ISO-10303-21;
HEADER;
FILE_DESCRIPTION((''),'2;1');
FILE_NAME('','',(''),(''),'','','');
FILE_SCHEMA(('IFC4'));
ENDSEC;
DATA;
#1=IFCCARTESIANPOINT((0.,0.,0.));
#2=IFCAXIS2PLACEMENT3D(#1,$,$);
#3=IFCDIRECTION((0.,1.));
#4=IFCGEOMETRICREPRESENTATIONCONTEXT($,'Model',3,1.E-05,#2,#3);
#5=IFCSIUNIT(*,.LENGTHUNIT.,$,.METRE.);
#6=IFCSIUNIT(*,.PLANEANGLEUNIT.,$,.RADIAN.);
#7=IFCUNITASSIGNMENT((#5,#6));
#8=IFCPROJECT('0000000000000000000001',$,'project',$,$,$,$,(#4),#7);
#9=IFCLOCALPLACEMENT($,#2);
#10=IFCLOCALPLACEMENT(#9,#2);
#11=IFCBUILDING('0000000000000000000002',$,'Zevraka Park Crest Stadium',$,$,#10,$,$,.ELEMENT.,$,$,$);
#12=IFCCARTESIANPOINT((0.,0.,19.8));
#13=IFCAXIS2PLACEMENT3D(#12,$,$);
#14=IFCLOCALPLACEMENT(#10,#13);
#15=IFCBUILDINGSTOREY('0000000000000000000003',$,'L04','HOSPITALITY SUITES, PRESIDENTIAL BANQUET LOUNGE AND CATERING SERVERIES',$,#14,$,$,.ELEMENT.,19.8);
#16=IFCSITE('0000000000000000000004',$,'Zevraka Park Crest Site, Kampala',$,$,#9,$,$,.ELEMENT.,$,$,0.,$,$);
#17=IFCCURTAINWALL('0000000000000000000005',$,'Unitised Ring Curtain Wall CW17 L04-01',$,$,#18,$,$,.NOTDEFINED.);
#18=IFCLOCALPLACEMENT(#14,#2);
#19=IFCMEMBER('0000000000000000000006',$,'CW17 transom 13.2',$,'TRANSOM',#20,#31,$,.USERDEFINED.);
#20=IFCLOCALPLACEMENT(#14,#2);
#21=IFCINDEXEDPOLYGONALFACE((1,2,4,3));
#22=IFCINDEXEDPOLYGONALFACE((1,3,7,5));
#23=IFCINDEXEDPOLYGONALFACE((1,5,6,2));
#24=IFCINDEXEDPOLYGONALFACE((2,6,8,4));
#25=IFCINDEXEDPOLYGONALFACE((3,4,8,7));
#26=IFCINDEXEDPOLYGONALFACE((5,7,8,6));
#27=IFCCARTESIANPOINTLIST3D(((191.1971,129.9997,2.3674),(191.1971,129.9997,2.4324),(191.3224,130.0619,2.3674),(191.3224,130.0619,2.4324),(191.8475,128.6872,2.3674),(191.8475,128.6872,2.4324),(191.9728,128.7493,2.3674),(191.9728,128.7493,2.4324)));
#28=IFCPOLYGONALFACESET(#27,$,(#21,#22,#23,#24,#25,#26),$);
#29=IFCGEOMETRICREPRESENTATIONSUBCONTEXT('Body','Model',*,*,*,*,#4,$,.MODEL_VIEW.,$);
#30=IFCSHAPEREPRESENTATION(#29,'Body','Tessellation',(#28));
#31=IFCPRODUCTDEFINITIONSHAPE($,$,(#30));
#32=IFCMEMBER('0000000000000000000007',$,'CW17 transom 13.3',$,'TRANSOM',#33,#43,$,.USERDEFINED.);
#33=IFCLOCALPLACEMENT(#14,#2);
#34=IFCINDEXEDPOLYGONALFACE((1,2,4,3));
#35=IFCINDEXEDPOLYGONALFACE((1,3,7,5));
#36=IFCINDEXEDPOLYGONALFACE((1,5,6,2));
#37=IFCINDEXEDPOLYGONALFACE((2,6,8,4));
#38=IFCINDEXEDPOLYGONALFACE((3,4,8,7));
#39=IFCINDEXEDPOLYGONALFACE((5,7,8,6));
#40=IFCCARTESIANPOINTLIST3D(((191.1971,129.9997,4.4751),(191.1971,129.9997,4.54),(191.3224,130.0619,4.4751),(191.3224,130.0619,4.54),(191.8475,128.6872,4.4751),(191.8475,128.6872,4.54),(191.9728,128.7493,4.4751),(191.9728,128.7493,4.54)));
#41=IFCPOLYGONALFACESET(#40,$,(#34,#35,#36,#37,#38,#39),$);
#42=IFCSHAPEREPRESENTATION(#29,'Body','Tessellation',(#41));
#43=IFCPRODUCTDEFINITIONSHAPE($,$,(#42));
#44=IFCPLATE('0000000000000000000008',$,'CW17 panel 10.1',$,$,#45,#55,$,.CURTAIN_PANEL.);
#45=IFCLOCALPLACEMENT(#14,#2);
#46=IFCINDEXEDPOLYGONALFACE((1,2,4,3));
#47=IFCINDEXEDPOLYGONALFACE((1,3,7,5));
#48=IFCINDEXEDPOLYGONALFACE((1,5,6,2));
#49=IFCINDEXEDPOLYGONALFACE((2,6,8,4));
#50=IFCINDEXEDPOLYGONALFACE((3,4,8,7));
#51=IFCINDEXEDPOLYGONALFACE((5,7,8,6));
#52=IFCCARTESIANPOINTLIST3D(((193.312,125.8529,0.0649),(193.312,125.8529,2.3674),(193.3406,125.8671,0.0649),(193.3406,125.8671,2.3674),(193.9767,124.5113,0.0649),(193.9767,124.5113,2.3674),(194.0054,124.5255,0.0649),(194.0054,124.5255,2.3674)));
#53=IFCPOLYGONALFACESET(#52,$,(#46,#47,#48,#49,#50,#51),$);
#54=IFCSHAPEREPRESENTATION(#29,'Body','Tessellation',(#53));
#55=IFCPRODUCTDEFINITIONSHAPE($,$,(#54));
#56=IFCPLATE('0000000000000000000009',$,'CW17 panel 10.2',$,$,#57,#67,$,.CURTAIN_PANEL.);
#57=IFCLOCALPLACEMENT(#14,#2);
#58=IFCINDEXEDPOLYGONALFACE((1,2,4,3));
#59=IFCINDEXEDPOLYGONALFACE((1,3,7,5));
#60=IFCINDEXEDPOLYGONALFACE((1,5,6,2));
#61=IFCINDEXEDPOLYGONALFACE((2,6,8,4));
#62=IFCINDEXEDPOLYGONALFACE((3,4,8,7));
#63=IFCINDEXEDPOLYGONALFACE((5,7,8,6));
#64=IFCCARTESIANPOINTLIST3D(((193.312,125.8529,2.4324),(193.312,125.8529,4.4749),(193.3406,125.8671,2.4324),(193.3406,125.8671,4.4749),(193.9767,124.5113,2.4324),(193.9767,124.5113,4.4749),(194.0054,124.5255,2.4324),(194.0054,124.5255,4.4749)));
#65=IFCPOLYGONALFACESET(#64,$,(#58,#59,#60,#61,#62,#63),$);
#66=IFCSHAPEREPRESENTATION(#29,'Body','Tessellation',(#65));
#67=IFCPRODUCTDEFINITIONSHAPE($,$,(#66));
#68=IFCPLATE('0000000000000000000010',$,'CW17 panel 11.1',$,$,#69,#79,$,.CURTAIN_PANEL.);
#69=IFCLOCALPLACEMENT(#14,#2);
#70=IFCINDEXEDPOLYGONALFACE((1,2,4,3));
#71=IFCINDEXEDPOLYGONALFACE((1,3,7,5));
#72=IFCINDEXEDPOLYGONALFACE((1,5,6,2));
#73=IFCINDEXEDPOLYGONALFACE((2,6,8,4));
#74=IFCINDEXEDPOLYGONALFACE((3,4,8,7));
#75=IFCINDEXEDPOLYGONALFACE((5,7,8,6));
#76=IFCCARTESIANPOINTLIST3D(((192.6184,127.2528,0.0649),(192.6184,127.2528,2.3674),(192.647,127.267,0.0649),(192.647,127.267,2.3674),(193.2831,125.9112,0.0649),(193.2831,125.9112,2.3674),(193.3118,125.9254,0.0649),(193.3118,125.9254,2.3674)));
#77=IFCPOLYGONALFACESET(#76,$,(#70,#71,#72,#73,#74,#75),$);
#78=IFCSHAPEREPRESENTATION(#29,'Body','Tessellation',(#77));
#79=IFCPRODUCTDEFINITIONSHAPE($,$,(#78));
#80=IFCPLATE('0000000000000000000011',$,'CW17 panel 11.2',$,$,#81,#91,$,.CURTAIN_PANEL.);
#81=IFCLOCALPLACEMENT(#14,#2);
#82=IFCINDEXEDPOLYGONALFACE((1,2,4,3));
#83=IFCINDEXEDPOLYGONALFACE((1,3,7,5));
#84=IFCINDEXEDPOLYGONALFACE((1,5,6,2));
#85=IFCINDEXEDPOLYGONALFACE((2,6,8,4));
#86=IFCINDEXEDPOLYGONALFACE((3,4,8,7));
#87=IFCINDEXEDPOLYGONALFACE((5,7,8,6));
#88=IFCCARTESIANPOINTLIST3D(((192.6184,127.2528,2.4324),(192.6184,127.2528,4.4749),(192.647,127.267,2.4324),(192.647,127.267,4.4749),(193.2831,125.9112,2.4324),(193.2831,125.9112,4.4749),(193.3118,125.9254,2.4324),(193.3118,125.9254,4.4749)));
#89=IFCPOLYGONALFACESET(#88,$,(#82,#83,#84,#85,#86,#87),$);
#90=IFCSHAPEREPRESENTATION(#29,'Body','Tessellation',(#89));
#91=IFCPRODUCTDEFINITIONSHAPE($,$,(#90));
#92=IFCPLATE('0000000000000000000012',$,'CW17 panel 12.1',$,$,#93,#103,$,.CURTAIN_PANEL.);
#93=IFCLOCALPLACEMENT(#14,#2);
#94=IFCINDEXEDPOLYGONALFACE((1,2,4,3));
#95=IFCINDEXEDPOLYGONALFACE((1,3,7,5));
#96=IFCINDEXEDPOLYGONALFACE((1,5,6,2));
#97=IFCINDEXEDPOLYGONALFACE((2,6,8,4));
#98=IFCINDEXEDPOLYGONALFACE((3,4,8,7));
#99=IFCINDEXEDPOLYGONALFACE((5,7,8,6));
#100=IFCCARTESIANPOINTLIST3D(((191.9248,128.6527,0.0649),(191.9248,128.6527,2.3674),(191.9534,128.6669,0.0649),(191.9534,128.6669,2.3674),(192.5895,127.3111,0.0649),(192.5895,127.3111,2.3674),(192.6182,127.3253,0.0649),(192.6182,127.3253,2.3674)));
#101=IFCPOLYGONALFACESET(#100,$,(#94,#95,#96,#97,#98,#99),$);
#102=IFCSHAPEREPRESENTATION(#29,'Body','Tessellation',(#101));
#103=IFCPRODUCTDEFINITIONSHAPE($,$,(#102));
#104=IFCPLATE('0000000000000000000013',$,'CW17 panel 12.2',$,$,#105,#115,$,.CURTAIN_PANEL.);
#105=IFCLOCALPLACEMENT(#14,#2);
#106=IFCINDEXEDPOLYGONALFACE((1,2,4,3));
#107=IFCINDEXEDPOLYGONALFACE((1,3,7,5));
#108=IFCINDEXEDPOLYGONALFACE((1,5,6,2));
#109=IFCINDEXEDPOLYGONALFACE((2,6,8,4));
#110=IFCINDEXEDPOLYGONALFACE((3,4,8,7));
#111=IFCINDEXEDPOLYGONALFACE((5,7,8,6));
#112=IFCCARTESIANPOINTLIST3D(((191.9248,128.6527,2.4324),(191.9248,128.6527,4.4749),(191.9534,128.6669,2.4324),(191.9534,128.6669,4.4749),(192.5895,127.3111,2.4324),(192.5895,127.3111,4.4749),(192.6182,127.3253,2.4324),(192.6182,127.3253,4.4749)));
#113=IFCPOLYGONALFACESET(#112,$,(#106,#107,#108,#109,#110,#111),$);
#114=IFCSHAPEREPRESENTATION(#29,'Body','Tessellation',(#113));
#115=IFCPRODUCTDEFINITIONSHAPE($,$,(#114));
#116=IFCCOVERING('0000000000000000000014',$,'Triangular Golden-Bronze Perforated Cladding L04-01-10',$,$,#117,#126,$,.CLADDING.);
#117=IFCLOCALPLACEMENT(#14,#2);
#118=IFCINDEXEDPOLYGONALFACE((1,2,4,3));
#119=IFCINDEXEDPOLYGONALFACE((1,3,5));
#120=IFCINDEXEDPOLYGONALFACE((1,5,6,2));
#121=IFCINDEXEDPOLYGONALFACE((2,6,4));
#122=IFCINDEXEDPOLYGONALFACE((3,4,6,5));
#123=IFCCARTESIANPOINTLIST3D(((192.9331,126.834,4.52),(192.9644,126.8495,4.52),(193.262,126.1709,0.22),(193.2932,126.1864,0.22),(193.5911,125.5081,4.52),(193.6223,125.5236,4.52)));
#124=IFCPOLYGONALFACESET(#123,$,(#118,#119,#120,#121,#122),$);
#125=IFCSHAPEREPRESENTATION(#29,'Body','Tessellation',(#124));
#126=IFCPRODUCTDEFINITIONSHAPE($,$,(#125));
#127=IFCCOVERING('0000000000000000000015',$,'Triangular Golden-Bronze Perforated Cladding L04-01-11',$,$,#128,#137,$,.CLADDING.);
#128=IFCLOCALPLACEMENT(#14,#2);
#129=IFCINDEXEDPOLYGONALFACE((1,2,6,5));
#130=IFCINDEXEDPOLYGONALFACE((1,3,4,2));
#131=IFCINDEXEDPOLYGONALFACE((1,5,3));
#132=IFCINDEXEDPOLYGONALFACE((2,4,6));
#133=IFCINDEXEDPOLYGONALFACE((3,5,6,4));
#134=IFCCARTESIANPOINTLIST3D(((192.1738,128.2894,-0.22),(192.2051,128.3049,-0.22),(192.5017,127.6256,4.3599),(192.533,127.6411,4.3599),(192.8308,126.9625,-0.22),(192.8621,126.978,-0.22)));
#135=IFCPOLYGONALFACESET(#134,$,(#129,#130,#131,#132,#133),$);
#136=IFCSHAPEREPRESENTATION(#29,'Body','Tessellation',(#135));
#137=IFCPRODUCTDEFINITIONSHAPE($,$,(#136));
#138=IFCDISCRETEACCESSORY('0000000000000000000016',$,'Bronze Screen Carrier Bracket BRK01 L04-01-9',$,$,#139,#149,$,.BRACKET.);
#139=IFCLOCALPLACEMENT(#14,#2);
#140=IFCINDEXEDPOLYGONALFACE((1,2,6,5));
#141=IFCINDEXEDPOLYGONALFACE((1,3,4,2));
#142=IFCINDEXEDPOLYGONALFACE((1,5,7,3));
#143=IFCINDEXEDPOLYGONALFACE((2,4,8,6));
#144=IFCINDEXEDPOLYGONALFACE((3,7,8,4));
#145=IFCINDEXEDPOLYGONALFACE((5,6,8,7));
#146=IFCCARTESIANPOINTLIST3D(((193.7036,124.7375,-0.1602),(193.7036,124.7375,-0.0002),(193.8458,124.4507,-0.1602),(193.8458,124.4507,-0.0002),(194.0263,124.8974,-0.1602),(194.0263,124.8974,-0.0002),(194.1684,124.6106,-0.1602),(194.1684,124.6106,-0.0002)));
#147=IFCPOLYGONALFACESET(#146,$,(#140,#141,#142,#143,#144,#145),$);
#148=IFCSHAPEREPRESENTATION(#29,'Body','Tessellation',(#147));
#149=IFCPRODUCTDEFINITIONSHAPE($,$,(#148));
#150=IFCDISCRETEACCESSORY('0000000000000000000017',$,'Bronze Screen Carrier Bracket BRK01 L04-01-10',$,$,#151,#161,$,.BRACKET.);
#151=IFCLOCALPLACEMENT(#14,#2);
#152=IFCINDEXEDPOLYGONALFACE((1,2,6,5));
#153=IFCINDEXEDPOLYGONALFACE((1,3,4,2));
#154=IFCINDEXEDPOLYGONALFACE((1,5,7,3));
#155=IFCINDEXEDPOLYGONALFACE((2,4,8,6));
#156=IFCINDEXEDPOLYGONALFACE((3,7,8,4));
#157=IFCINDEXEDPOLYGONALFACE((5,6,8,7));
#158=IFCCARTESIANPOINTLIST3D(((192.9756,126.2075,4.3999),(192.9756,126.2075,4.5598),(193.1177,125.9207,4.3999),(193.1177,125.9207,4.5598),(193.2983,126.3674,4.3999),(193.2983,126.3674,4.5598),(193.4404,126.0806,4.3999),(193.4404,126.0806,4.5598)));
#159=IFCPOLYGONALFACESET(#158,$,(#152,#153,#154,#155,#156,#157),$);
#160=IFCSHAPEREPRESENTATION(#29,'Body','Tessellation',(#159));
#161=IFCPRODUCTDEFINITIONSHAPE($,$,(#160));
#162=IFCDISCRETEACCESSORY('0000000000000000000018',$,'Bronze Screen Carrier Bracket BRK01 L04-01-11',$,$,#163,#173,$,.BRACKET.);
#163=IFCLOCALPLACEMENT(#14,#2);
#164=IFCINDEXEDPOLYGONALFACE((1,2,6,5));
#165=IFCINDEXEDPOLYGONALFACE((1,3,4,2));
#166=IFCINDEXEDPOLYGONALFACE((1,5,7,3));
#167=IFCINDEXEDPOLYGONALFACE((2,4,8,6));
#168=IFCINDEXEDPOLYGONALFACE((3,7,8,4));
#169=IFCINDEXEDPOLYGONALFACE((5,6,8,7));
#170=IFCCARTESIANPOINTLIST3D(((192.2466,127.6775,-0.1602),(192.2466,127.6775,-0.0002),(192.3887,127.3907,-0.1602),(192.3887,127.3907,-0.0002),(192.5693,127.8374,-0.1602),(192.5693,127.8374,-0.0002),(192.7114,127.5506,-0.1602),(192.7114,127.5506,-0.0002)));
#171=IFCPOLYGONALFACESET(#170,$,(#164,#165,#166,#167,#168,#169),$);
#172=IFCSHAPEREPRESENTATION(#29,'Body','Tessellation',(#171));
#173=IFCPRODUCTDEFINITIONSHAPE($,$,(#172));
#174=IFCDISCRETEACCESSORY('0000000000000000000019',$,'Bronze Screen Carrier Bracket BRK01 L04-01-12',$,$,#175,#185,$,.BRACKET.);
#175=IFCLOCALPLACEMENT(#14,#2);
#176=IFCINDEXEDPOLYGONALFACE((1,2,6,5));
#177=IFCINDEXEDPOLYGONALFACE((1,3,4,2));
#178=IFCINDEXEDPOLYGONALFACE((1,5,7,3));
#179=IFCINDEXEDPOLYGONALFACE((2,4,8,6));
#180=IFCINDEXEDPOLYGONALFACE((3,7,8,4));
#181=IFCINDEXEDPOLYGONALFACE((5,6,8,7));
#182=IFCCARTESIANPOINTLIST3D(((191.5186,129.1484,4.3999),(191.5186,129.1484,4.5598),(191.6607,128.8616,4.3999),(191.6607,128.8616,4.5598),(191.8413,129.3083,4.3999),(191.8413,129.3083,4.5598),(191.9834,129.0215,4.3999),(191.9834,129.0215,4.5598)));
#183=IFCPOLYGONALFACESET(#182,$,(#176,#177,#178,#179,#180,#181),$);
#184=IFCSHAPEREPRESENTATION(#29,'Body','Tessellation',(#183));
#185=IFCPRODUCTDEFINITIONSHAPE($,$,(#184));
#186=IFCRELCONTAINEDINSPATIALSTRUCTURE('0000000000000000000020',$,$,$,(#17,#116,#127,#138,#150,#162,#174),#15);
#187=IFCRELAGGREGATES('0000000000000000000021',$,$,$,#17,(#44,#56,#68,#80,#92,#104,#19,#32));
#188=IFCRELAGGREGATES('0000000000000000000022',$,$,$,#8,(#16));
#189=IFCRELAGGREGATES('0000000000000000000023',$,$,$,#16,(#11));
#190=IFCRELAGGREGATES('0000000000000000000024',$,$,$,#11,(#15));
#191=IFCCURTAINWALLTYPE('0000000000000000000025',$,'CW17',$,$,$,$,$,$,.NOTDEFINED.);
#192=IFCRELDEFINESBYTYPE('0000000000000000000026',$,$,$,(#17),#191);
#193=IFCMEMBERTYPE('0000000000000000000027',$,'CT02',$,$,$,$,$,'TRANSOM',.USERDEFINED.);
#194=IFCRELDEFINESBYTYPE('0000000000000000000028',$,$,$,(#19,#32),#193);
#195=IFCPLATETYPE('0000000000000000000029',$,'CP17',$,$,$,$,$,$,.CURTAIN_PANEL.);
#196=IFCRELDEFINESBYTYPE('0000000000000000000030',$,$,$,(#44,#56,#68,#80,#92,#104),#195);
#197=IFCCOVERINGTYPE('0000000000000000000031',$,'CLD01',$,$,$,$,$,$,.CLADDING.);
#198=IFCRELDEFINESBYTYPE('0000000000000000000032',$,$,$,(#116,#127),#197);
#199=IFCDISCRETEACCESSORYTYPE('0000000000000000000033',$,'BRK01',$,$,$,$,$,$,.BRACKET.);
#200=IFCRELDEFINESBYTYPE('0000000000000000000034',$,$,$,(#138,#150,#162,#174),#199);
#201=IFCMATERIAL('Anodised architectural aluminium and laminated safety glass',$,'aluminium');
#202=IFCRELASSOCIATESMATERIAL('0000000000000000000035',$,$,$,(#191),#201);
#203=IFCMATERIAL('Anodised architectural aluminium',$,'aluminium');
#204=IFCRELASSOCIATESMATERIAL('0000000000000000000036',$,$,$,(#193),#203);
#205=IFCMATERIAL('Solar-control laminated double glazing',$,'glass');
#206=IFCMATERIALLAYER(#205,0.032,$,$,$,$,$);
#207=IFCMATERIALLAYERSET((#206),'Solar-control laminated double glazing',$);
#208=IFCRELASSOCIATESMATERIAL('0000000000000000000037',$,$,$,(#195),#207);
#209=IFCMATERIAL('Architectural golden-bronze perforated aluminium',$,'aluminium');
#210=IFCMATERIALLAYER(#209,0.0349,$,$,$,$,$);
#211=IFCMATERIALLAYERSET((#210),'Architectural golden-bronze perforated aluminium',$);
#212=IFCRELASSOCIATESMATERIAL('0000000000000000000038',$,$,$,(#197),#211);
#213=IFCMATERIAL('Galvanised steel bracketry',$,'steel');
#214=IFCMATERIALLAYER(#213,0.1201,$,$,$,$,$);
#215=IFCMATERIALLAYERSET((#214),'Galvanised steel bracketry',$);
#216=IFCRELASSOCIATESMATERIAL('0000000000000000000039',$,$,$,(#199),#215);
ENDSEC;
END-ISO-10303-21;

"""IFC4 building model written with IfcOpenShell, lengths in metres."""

from ifc_helpers import new_model, si_unit, direction, frame, origin, origin_2d, place, context, subcontext, project, spatial, polyline, rectangle, outline, extrude, material, layer, layer_set, material_profile, profile_set, type_object, element, aggregate, save


model = new_model("IFC4")

# Units and contexts
model_context = context("Model", 3, precision=1e-05, world=origin(), true_north=direction((0.0, 1.0)))
body_context = subcontext(model_context, "Body", "Model", "MODEL_VIEW")
ifc_project = project(units=[si_unit("LENGTHUNIT", "METRE"), si_unit("PLANEANGLEUNIT", "RADIAN")], contexts=[model_context])

# Site, building, storey
site_placement = place(None, origin())
site = spatial("IfcSite", under=ifc_project, at=site_placement, Name="Zevraka Park Crest Site, Kampala", CompositionType="ELEMENT", RefElevation=0.0)
building_placement = place(site_placement, origin())
building = spatial("IfcBuilding", under=site, at=building_placement, Name="Zevraka Park Crest Stadium", CompositionType="ELEMENT")
storey_placement = place(building_placement, frame((0.0, 0.0, 19.8)))
storey = spatial("IfcBuildingStorey", under=building, at=storey_placement, Name="L04", Description="HOSPITALITY SUITES, PRESIDENTIAL BANQUET LOUNGE AND CATERING SERVERIES", CompositionType="ELEMENT", Elevation=19.8)

# Curtain wall, members, plates
ifc_material_1 = material(Name="Anodised architectural aluminium and laminated safety glass", Category="aluminium")
curtain_wall_type = type_object("IfcCurtainWallType", Name="CW17", PredefinedType="NOTDEFINED", material=ifc_material_1)
curtain_wall_placement = place(storey_placement, origin())
curtain_wall = element("IfcCurtainWall", 1, at=curtain_wall_placement, inside=storey, type_object=curtain_wall_type, Name="Unitised Ring Curtain Wall CW17 L04-01", PredefinedType="NOTDEFINED")
ifc_material_2 = material(Name="Anodised architectural aluminium", Category="aluminium")
ifc_material_profile_1 = material_profile(ifc_material_2, rectangle(XDim=0.1399, YDim=0.0649, at=origin_2d()), Name="ALU TRANSOM 140x65")
ifc_profile_set_1 = profile_set([ifc_material_profile_1], Name="Anodised architectural aluminium")
member_type_1 = type_object("IfcMemberType", Name="CT02", ElementType="TRANSOM", PredefinedType="USERDEFINED", material=ifc_profile_set_1)
member_1_placement = place(storey_placement, frame((191.9102, 128.7183, 2.3999), z_axis=(-0.444011, 0.896022, 0.0), x_axis=(-0.896022, -0.444011, 0.0)))
member_1 = element("IfcMember", 2, at=member_1_placement, type_object=member_type_1, Name="CW17 transom 13.2", ObjectType="TRANSOM", PredefinedType="USERDEFINED", context=body_context, shape_type="SweptSolid", body=[
    extrude(rectangle(XDim=0.1399, YDim=0.0649, at=origin_2d()), origin(), (0.0, 0.0, 1.0), 1.4648),
])
member_2_placement = place(storey_placement, frame((191.9102, 128.7183, 4.5076), z_axis=(-0.444011, 0.896022, 0.0), x_axis=(-0.896022, -0.444011, 0.0)))
member_2 = element("IfcMember", 3, at=member_2_placement, type_object=member_type_1, Name="CW17 transom 13.3", ObjectType="TRANSOM", PredefinedType="USERDEFINED", context=body_context, shape_type="SweptSolid", body=[
    extrude(rectangle(XDim=0.1399, YDim=0.0649, at=origin_2d()), origin(), (0.0, 0.0, 1.0), 1.4648),
])
ifc_material_3 = material(Name="Solar-control laminated double glazing", Category="glass")
ifc_layer_1 = layer(ifc_material_3, 0.032)
ifc_layer_set_1 = layer_set([ifc_layer_1], Name="Solar-control laminated double glazing")
plate_type = type_object("IfcPlateType", Name="CP17", PredefinedType="CURTAIN_PANEL", material=ifc_layer_set_1)
plate_1_placement = place(storey_placement, frame((193.6587, 125.1892, 0.0649), z_axis=(0.0, 0.0, 1.0), x_axis=(-0.443961, 0.896046, 0.0)))
plate_1 = element("IfcPlate", 4, at=plate_1_placement, type_object=plate_type, Name="CW17 panel 10.1", PredefinedType="CURTAIN_PANEL", context=body_context, shape_type="SweptSolid", body=[
    extrude(rectangle(XDim=1.4973, YDim=0.032, at=origin_2d()), origin(), (0.0, 0.0, 1.0), 2.3025),
])
plate_2_placement = place(storey_placement, frame((193.6587, 125.1892, 2.4324), z_axis=(0.0, 0.0, 1.0), x_axis=(-0.443961, 0.896046, 0.0)))
plate_2 = element("IfcPlate", 5, at=plate_2_placement, type_object=plate_type, Name="CW17 panel 10.2", PredefinedType="CURTAIN_PANEL", context=body_context, shape_type="SweptSolid", body=[
    extrude(rectangle(XDim=1.4973, YDim=0.032, at=origin_2d()), origin(), (0.0, 0.0, 1.0), 2.0425),
])
plate_3_placement = place(storey_placement, frame((192.9651, 126.5891, 0.0649), z_axis=(0.0, 0.0, 1.0), x_axis=(-0.443961, 0.896046, 0.0)))
plate_3 = element("IfcPlate", 6, at=plate_3_placement, type_object=plate_type, Name="CW17 panel 11.1", PredefinedType="CURTAIN_PANEL", context=body_context, shape_type="SweptSolid", body=[
    extrude(rectangle(XDim=1.4973, YDim=0.032, at=origin_2d()), origin(), (0.0, 0.0, 1.0), 2.3025),
])
plate_4_placement = place(storey_placement, frame((192.9651, 126.5891, 2.4324), z_axis=(0.0, 0.0, 1.0), x_axis=(-0.443961, 0.896046, 0.0)))
plate_4 = element("IfcPlate", 7, at=plate_4_placement, type_object=plate_type, Name="CW17 panel 11.2", PredefinedType="CURTAIN_PANEL", context=body_context, shape_type="SweptSolid", body=[
    extrude(rectangle(XDim=1.4973, YDim=0.032, at=origin_2d()), origin(), (0.0, 0.0, 1.0), 2.0425),
])
plate_5_placement = place(storey_placement, frame((192.2715, 127.989, 0.0649), z_axis=(0.0, 0.0, 1.0), x_axis=(-0.443961, 0.896046, 0.0)))
plate_5 = element("IfcPlate", 8, at=plate_5_placement, type_object=plate_type, Name="CW17 panel 12.1", PredefinedType="CURTAIN_PANEL", context=body_context, shape_type="SweptSolid", body=[
    extrude(rectangle(XDim=1.4973, YDim=0.032, at=origin_2d()), origin(), (0.0, 0.0, 1.0), 2.3025),
])
plate_6_placement = place(storey_placement, frame((192.2715, 127.989, 2.4324), z_axis=(0.0, 0.0, 1.0), x_axis=(-0.443961, 0.896046, 0.0)))
plate_6 = element("IfcPlate", 9, at=plate_6_placement, type_object=plate_type, Name="CW17 panel 12.2", PredefinedType="CURTAIN_PANEL", context=body_context, shape_type="SweptSolid", body=[
    extrude(rectangle(XDim=1.4973, YDim=0.032, at=origin_2d()), origin(), (0.0, 0.0, 1.0), 2.0425),
])
aggregate(curtain_wall, [plate_1, plate_2, plate_3, plate_4, plate_5, plate_6, member_1, member_2])

# Coverings
ifc_material_4 = material(Name="Architectural golden-bronze perforated aluminium", Category="aluminium")
ifc_layer_2 = layer(ifc_material_4, 0.0349)
ifc_layer_set_2 = layer_set([ifc_layer_2], Name="Architectural golden-bronze perforated aluminium")
covering_type = type_object("IfcCoveringType", Name="CLD01", PredefinedType="CLADDING", material=ifc_layer_set_2)
covering_1_placement = place(storey_placement, frame((192.9331, 126.834, 4.52), z_axis=(-0.895776, -0.444507, 0.000038), x_axis=(0.444507, -0.895776, 0.0)))
element("IfcCovering", 10, at=covering_1_placement, inside=storey, type_object=covering_type, Name="Triangular Golden-Bronze Perforated Cladding L04-01-10", PredefinedType="CLADDING", context=body_context, shape_type="SweptSolid", body=[
    extrude(outline(polyline([(0.0, 0.0), (1.4802, 0.0), (0.7402, -4.3), (0.0, 0.0)])), origin(), (0.0, 0.0, -1.0), 0.0349),
])
covering_2_placement = place(storey_placement, frame((192.8621, 126.978, -0.22), z_axis=(0.896168, 0.443715, 0.000155), x_axis=(-0.443715, 0.896168, 0.0)))
element("IfcCovering", 11, at=covering_2_placement, inside=storey, type_object=covering_type, Name="Triangular Golden-Bronze Perforated Cladding L04-01-11", PredefinedType="CLADDING", context=body_context, shape_type="SweptSolid", body=[
    extrude(outline(polyline([(0.0, 0.0), (1.4806, 0.0), (0.7403, 4.5798), (0.0, 0.0)])), origin(), (0.0, 0.0, -1.0), 0.0349),
])

# Discrete accessories
ifc_material_5 = material(Name="Galvanised steel bracketry", Category="steel")
ifc_layer_3 = layer(ifc_material_5, 0.1201)
ifc_layer_set_3 = layer_set([ifc_layer_3], Name="Galvanised steel bracketry")
discrete_accessory_type = type_object("IfcDiscreteAccessoryType", Name="BRK01", PredefinedType="BRACKET", material=ifc_layer_set_3)
for number, where, z_axis, x_axis, name in (
    (12, (193.936, 124.6741, -0.1602), (0.0, 0.0, 1.0), (-0.44401, 0.896022, 0.0), "Bronze Screen Carrier Bracket BRK01 L04-01-9"),
    (13, (193.208, 126.144, 4.3999), (0.0, 0.0, 1.0), (-0.44401, 0.896022, 0.0), "Bronze Screen Carrier Bracket BRK01 L04-01-10"),
    (14, (192.479, 127.614, -0.1602), (0.0, 0.0, 1.0), (-0.44401, 0.896022, 0.0), "Bronze Screen Carrier Bracket BRK01 L04-01-11"),
    (15, (191.751, 129.085, 4.3999), (0.0, 0.0, 1.0), (-0.44401, 0.896022, 0.0), "Bronze Screen Carrier Bracket BRK01 L04-01-12"),
):
    element("IfcDiscreteAccessory", number, at=place(storey_placement, frame(where, z_axis=z_axis, x_axis=x_axis)), inside=storey, type_object=discrete_accessory_type, Name=name, PredefinedType="BRACKET", context=body_context, shape_type="SweptSolid", body=[
        extrude(rectangle(XDim=0.3201, YDim=0.3601, at=origin_2d()), origin(), (0.0, 0.0, 1.0), 0.1599),
    ])

save(model, "model.ifc")
